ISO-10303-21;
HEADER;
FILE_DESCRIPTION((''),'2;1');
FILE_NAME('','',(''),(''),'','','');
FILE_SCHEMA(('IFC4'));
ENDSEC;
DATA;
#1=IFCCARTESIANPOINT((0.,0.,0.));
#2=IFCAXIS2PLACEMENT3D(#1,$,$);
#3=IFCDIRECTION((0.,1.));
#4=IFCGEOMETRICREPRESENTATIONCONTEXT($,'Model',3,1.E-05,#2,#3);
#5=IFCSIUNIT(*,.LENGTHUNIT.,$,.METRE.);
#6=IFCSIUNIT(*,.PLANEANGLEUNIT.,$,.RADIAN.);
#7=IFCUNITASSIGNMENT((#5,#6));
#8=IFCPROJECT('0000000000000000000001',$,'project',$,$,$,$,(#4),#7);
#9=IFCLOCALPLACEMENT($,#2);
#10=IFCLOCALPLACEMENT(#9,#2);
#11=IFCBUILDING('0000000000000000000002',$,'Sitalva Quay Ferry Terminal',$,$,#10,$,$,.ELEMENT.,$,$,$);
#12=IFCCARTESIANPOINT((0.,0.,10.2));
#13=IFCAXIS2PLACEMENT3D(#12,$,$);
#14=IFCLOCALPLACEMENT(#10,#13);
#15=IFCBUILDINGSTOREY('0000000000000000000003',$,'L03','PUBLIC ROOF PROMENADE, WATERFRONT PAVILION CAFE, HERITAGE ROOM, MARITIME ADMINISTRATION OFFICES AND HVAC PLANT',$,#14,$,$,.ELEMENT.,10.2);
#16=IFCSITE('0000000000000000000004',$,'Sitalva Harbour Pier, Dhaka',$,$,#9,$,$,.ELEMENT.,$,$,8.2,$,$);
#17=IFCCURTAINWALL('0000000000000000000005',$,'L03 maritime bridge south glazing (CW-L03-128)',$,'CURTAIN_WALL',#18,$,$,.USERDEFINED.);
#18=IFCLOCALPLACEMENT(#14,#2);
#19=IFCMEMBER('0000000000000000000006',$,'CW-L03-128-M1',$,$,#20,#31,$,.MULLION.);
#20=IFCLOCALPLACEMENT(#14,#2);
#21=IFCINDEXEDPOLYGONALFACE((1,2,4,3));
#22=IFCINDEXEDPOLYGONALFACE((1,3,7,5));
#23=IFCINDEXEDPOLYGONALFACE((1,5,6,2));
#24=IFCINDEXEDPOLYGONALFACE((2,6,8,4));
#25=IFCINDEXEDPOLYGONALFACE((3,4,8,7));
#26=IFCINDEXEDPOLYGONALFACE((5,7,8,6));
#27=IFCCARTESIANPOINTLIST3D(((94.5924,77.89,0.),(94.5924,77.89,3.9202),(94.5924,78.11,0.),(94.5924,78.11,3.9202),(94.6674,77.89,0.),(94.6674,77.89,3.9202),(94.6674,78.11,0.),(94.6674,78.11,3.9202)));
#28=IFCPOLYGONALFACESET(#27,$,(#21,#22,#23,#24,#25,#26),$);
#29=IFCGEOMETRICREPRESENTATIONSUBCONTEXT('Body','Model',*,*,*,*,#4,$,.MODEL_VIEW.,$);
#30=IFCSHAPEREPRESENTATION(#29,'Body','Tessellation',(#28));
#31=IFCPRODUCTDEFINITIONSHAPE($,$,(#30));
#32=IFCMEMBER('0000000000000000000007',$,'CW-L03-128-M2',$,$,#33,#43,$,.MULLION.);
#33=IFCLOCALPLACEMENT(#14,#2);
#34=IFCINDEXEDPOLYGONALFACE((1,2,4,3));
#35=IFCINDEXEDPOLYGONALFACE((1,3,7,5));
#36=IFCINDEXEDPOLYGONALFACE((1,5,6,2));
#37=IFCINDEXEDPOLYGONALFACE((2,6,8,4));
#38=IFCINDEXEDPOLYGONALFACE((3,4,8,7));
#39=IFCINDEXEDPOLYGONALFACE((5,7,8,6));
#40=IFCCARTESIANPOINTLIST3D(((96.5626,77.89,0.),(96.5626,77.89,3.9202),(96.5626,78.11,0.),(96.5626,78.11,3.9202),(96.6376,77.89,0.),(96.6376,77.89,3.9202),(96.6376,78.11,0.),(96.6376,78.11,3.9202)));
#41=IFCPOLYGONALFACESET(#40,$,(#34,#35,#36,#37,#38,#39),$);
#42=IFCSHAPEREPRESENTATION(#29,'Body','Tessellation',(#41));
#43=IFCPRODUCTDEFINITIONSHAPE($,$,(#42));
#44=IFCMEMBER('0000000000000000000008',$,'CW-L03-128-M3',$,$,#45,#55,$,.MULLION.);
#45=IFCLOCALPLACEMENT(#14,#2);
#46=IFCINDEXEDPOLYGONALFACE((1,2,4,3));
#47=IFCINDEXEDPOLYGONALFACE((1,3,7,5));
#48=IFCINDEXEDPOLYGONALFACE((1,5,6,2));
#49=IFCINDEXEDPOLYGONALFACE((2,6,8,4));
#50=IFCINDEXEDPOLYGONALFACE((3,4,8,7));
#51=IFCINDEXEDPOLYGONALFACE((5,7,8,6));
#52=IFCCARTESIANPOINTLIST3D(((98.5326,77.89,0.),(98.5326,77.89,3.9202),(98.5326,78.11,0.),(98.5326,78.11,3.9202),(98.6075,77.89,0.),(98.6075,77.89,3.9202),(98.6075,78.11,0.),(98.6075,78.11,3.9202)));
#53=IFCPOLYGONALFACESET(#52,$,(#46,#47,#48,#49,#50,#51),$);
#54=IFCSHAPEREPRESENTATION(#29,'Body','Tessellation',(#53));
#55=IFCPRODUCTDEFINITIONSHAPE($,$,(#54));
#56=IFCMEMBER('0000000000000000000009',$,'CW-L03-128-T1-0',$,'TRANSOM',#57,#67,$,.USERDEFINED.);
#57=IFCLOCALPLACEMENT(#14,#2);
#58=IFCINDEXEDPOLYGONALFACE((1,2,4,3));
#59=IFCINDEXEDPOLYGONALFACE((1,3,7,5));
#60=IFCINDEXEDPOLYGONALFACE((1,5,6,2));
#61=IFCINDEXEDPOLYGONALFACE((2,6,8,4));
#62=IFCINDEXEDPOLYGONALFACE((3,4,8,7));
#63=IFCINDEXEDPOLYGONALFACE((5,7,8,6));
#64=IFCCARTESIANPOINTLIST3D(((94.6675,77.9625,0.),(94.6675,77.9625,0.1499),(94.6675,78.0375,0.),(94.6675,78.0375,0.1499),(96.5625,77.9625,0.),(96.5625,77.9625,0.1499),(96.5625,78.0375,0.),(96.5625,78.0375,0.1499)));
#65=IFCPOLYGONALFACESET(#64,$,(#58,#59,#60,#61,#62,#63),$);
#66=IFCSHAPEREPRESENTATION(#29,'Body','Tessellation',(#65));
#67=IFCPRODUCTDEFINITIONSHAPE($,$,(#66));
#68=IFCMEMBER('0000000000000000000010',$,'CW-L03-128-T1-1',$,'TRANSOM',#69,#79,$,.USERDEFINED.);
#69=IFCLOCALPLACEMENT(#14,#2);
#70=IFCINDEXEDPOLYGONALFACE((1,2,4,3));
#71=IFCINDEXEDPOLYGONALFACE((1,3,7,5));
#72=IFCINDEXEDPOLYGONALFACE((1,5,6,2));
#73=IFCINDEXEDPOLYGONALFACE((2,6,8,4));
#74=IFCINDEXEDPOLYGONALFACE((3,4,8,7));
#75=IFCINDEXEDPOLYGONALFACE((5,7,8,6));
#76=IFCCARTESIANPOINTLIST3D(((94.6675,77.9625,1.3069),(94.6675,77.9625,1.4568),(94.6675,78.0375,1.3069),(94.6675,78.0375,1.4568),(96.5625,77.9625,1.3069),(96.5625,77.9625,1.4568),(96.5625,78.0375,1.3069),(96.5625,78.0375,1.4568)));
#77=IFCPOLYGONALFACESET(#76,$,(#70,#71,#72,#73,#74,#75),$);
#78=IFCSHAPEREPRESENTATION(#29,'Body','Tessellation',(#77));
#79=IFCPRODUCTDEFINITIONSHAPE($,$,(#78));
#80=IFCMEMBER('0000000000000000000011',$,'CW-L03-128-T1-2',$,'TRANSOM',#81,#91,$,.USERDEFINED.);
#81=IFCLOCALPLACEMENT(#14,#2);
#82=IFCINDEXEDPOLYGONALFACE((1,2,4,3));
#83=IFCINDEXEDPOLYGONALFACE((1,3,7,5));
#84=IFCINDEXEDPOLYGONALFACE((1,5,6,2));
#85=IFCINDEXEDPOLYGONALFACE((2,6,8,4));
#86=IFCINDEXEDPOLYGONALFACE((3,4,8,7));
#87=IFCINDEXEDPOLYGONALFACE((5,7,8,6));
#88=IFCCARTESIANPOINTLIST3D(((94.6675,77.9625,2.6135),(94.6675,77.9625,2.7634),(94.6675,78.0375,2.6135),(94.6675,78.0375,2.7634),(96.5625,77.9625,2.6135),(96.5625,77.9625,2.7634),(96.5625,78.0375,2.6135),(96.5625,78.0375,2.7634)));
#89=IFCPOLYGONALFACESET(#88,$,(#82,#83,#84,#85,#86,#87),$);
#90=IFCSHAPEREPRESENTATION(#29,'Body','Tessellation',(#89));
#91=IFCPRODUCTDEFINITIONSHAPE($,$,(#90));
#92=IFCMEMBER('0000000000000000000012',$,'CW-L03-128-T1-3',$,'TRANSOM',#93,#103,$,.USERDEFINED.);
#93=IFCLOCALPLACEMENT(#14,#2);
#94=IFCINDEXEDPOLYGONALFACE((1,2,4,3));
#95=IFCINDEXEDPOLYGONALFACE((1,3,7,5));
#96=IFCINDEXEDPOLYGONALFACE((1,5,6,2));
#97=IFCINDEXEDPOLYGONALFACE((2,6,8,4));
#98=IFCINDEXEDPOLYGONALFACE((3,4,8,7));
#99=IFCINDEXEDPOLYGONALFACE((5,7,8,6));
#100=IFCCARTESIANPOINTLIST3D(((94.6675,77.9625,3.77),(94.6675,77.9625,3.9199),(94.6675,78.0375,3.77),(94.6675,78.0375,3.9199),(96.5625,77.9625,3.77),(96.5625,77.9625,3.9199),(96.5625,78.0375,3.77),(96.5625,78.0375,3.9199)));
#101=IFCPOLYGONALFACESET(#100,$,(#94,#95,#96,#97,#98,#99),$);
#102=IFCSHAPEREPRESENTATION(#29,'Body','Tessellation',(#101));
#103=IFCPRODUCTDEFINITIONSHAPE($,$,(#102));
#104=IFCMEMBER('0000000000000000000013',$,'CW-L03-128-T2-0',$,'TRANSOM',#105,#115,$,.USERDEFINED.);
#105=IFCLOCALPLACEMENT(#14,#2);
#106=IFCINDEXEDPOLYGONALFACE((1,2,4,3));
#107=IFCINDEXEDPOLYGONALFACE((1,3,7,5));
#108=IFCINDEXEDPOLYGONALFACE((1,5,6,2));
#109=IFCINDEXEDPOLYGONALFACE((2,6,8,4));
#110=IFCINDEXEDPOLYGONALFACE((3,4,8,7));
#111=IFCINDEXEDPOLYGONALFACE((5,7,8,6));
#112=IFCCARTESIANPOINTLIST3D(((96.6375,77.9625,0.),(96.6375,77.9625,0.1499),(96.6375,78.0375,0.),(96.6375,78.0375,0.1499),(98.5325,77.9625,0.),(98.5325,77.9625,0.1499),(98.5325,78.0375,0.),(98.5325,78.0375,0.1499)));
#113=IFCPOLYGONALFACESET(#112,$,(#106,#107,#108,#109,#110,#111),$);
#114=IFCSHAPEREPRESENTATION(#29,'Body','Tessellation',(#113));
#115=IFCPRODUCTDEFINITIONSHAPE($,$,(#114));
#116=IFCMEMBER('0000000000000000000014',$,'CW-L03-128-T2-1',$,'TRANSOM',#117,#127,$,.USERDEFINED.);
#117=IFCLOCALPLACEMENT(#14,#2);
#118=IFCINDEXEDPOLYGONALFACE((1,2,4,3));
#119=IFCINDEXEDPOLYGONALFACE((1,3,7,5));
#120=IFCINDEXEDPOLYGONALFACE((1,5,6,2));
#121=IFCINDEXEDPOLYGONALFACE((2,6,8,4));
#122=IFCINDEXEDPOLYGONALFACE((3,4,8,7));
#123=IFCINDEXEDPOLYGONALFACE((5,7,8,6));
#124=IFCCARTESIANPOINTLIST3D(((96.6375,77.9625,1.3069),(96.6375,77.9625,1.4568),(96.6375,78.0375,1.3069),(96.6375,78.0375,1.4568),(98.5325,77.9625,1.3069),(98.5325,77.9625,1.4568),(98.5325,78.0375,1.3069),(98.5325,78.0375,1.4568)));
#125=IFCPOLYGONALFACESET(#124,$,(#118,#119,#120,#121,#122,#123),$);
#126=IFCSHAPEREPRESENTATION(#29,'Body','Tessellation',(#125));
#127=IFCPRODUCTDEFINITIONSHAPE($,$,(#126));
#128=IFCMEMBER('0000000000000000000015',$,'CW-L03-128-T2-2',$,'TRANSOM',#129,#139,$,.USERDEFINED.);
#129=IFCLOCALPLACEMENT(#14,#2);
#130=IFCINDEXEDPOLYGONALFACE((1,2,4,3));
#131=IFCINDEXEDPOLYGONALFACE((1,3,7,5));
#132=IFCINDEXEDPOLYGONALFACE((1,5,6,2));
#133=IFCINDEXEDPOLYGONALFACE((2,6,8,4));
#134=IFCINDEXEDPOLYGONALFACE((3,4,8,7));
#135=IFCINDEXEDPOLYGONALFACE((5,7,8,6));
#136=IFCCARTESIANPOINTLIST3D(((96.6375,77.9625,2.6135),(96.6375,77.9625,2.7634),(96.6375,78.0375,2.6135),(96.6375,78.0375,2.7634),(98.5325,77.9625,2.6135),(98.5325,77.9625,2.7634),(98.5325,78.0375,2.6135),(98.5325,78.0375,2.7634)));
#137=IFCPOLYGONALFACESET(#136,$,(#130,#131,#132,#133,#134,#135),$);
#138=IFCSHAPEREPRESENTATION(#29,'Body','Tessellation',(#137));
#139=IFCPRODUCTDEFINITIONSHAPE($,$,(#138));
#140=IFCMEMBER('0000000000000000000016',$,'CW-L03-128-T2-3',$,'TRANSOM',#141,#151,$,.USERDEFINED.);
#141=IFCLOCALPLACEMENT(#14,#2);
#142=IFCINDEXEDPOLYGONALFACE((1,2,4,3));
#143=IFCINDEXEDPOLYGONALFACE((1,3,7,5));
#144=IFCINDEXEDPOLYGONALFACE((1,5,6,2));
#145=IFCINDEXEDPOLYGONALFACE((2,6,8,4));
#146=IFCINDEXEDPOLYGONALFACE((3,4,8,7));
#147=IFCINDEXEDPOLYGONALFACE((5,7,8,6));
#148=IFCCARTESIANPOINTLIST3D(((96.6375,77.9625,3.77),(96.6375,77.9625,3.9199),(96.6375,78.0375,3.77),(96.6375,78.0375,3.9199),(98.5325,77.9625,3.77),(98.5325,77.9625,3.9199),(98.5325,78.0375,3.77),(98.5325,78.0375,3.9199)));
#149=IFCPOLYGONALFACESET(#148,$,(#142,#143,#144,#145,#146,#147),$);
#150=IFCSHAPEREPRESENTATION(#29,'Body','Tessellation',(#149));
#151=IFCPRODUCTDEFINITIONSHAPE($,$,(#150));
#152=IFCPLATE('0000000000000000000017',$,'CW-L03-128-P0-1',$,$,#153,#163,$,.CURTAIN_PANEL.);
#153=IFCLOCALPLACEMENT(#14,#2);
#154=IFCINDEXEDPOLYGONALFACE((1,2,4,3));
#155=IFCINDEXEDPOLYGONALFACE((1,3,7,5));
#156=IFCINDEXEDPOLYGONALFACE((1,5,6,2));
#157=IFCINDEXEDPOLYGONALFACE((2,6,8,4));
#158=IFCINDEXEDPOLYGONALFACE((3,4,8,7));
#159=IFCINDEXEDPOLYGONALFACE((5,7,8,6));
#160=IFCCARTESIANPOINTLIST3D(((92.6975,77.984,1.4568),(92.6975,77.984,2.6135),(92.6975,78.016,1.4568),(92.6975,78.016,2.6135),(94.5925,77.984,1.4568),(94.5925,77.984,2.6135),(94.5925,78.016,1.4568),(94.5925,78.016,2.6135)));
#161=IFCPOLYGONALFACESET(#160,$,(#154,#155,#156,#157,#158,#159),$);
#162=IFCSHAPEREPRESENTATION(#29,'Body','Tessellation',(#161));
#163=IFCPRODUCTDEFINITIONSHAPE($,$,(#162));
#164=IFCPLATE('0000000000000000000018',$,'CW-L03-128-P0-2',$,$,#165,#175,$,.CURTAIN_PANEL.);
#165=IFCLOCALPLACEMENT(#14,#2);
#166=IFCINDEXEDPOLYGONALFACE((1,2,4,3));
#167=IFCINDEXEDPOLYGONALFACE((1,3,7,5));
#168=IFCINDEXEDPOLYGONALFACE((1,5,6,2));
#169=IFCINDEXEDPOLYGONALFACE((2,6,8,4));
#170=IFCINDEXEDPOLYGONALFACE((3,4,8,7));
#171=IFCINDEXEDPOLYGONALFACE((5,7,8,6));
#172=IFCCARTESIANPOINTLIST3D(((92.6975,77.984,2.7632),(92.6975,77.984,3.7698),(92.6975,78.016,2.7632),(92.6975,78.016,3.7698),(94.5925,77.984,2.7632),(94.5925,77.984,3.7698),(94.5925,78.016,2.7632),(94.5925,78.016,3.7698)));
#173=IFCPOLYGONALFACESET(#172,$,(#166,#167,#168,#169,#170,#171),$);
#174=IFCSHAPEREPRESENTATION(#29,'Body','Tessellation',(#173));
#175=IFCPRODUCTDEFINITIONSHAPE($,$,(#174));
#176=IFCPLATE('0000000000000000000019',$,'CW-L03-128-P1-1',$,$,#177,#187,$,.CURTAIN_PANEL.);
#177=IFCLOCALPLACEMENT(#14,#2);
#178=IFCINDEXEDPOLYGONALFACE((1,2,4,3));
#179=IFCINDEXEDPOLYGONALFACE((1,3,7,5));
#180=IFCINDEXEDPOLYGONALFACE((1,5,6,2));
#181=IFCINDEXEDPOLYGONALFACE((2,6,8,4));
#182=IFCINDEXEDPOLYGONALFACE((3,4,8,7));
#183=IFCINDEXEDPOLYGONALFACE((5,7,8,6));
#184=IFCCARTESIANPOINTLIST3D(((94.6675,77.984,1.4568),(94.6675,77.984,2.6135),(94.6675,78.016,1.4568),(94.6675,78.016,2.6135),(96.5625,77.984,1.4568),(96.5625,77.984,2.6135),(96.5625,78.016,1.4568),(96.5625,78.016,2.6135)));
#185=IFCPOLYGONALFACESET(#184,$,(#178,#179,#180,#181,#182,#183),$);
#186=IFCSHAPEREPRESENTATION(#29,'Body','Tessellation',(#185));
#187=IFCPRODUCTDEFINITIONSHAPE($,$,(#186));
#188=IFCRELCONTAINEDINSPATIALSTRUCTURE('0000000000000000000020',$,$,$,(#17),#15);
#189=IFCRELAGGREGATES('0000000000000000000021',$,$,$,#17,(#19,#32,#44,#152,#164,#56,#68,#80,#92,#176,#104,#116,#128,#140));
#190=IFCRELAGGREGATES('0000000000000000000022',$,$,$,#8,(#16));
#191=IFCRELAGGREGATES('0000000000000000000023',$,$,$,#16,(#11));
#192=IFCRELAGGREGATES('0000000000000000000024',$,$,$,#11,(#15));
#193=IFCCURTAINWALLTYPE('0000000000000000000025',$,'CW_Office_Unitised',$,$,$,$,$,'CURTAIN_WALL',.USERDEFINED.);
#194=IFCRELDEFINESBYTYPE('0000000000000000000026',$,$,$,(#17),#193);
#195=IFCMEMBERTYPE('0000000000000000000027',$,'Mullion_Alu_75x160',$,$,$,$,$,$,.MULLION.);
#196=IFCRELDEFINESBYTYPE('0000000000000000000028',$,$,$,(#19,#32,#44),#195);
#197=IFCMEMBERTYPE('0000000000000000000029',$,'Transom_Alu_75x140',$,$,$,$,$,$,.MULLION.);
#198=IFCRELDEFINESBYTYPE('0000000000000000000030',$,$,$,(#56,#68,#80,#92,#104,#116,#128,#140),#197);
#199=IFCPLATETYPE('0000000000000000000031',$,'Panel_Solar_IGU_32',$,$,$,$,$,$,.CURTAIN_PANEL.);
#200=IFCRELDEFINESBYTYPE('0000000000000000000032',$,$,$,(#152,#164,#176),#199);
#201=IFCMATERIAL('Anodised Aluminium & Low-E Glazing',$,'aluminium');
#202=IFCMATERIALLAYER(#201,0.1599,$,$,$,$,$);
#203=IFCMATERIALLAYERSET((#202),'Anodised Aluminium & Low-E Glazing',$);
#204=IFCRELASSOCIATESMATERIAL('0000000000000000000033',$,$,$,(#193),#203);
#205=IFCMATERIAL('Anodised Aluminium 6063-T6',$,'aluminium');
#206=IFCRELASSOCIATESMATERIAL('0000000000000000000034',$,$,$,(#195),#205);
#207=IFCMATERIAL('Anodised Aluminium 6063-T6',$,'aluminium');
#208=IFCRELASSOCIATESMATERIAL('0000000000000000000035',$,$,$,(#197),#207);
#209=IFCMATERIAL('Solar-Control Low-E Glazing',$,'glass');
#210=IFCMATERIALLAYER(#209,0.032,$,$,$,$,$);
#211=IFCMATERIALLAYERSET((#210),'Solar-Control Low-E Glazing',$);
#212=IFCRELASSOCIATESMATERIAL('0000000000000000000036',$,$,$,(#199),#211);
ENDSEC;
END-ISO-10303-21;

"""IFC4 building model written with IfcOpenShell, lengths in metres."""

from ifc_helpers import new_model, si_unit, direction, frame, origin, origin_2d, place, context, subcontext, project, spatial, rectangle, extrude, material, layer, layer_set, material_profile, profile_set, type_object, element, aggregate, save


model = new_model("IFC4")

# Units and contexts
model_context = context("Model", 3, precision=1e-05, world=origin(), true_north=direction((0.0, 1.0)))
body_context = subcontext(model_context, "Body", "Model", "MODEL_VIEW")
ifc_project = project(units=[si_unit("LENGTHUNIT", "METRE"), si_unit("PLANEANGLEUNIT", "RADIAN")], contexts=[model_context])

# Site, building, storey
site_placement = place(None, origin())
site = spatial("IfcSite", under=ifc_project, at=site_placement, Name="Sitalva Harbour Pier, Dhaka", CompositionType="ELEMENT", RefElevation=8.2)
building_placement = place(site_placement, origin())
building = spatial("IfcBuilding", under=site, at=building_placement, Name="Sitalva Quay Ferry Terminal", CompositionType="ELEMENT")
storey_placement = place(building_placement, frame((0.0, 0.0, 10.2)))
storey = spatial("IfcBuildingStorey", under=building, at=storey_placement, Name="L03", Description="PUBLIC ROOF PROMENADE, WATERFRONT PAVILION CAFE, HERITAGE ROOM, MARITIME ADMINISTRATION OFFICES AND HVAC PLANT", CompositionType="ELEMENT", Elevation=10.2)

# Curtain wall, members, plates
ifc_material_1 = material(Name="Anodised Aluminium & Low-E Glazing", Category="aluminium")
ifc_layer_1 = layer(ifc_material_1, 0.1599)
ifc_layer_set_1 = layer_set([ifc_layer_1], Name="Anodised Aluminium & Low-E Glazing")
curtain_wall_type = type_object("IfcCurtainWallType", Name="CW_Office_Unitised", ElementType="CURTAIN_WALL", PredefinedType="USERDEFINED", material=ifc_layer_set_1)
curtain_wall_placement = place(storey_placement, origin())
curtain_wall = element("IfcCurtainWall", 1, at=curtain_wall_placement, inside=storey, type_object=curtain_wall_type, Name="L03 maritime bridge south glazing (CW-L03-128)", ObjectType="CURTAIN_WALL", PredefinedType="USERDEFINED")
ifc_material_2 = material(Name="Anodised Aluminium 6063-T6", Category="aluminium")
ifc_material_profile_1 = material_profile(ifc_material_2, rectangle(XDim=0.075, YDim=0.22, at=origin_2d()), Name="ALU75x220")
ifc_profile_set_1 = profile_set([ifc_material_profile_1], Name="Anodised Aluminium 6063-T6")
member_type_1 = type_object("IfcMemberType", Name="Mullion_Alu_75x160", PredefinedType="MULLION", material=ifc_profile_set_1)
member_1_placement = place(storey_placement, frame((94.6299, 78.0, 0.0), z_axis=(0.0, 0.0, 1.0), x_axis=(1.0, 0.0, 0.0)))
member_1 = element("IfcMember", 2, at=member_1_placement, type_object=member_type_1, Name="CW-L03-128-M1", PredefinedType="MULLION", context=body_context, shape_type="SweptSolid", body=[
    extrude(rectangle(XDim=0.075, YDim=0.22, at=origin_2d()), origin(), (0.0, 0.0, 1.0), 3.9202),
])
member_2_placement = place(storey_placement, frame((96.6001, 78.0, 0.0), z_axis=(0.0, 0.0, 1.0), x_axis=(1.0, 0.0, 0.0)))
member_2 = element("IfcMember", 3, at=member_2_placement, type_object=member_type_1, Name="CW-L03-128-M2", PredefinedType="MULLION", context=body_context, shape_type="SweptSolid", body=[
    extrude(rectangle(XDim=0.075, YDim=0.22, at=origin_2d()), origin(), (0.0, 0.0, 1.0), 3.9202),
])
member_3_placement = place(storey_placement, frame((98.5701, 78.0, 0.0), z_axis=(0.0, 0.0, 1.0), x_axis=(1.0, 0.0, 0.0)))
member_3 = element("IfcMember", 4, at=member_3_placement, type_object=member_type_1, Name="CW-L03-128-M3", PredefinedType="MULLION", context=body_context, shape_type="SweptSolid", body=[
    extrude(rectangle(XDim=0.075, YDim=0.22, at=origin_2d()), origin(), (0.0, 0.0, 1.0), 3.9202),
])
ifc_material_3 = material(Name="Anodised Aluminium 6063-T6", Category="aluminium")
ifc_material_profile_2 = material_profile(ifc_material_3, rectangle(XDim=0.075, YDim=0.1499, at=origin_2d()), Name="ALU75x150")
ifc_profile_set_2 = profile_set([ifc_material_profile_2], Name="Anodised Aluminium 6063-T6")
member_type_2 = type_object("IfcMemberType", Name="Transom_Alu_75x140", PredefinedType="MULLION", material=ifc_profile_set_2)
member_4_placement = place(storey_placement, frame((94.6675, 78.0, 0.075), z_axis=(1.0, 0.0, 0.0), x_axis=(0.0, 1.0, 0.0)))
member_4 = element("IfcMember", 5, at=member_4_placement, type_object=member_type_2, Name="CW-L03-128-T1-0", ObjectType="TRANSOM", PredefinedType="USERDEFINED", context=body_context, shape_type="SweptSolid", body=[
    extrude(rectangle(XDim=0.075, YDim=0.1499, at=origin_2d()), origin(), (0.0, 0.0, 1.0), 1.895),
])
member_5_placement = place(storey_placement, frame((94.6675, 78.0, 1.3818), z_axis=(1.0, 0.0, 0.0), x_axis=(0.0, 1.0, 0.0)))
member_5 = element("IfcMember", 6, at=member_5_placement, type_object=member_type_2, Name="CW-L03-128-T1-1", ObjectType="TRANSOM", PredefinedType="USERDEFINED", context=body_context, shape_type="SweptSolid", body=[
    extrude(rectangle(XDim=0.075, YDim=0.1499, at=origin_2d()), origin(), (0.0, 0.0, 1.0), 1.895),
])
member_6_placement = place(storey_placement, frame((94.6675, 78.0, 2.6885), z_axis=(1.0, 0.0, 0.0), x_axis=(0.0, 1.0, 0.0)))
member_6 = element("IfcMember", 7, at=member_6_placement, type_object=member_type_2, Name="CW-L03-128-T1-2", ObjectType="TRANSOM", PredefinedType="USERDEFINED", context=body_context, shape_type="SweptSolid", body=[
    extrude(rectangle(XDim=0.075, YDim=0.1499, at=origin_2d()), origin(), (0.0, 0.0, 1.0), 1.895),
])
member_7_placement = place(storey_placement, frame((94.6675, 78.0, 3.845), z_axis=(1.0, 0.0, 0.0), x_axis=(0.0, 1.0, 0.0)))
member_7 = element("IfcMember", 8, at=member_7_placement, type_object=member_type_2, Name="CW-L03-128-T1-3", ObjectType="TRANSOM", PredefinedType="USERDEFINED", context=body_context, shape_type="SweptSolid", body=[
    extrude(rectangle(XDim=0.075, YDim=0.1499, at=origin_2d()), origin(), (0.0, 0.0, 1.0), 1.895),
])
member_8_placement = place(storey_placement, frame((96.6375, 78.0, 0.075), z_axis=(1.0, 0.0, 0.0), x_axis=(0.0, 1.0, 0.0)))
member_8 = element("IfcMember", 9, at=member_8_placement, type_object=member_type_2, Name="CW-L03-128-T2-0", ObjectType="TRANSOM", PredefinedType="USERDEFINED", context=body_context, shape_type="SweptSolid", body=[
    extrude(rectangle(XDim=0.075, YDim=0.1499, at=origin_2d()), origin(), (0.0, 0.0, 1.0), 1.895),
])
member_9_placement = place(storey_placement, frame((96.6375, 78.0, 1.3818), z_axis=(1.0, 0.0, 0.0), x_axis=(0.0, 1.0, 0.0)))
member_9 = element("IfcMember", 10, at=member_9_placement, type_object=member_type_2, Name="CW-L03-128-T2-1", ObjectType="TRANSOM", PredefinedType="USERDEFINED", context=body_context, shape_type="SweptSolid", body=[
    extrude(rectangle(XDim=0.075, YDim=0.1499, at=origin_2d()), origin(), (0.0, 0.0, 1.0), 1.895),
])
member_10_placement = place(storey_placement, frame((96.6375, 78.0, 2.6885), z_axis=(1.0, 0.0, 0.0), x_axis=(0.0, 1.0, 0.0)))
member_10 = element("IfcMember", 11, at=member_10_placement, type_object=member_type_2, Name="CW-L03-128-T2-2", ObjectType="TRANSOM", PredefinedType="USERDEFINED", context=body_context, shape_type="SweptSolid", body=[
    extrude(rectangle(XDim=0.075, YDim=0.1499, at=origin_2d()), origin(), (0.0, 0.0, 1.0), 1.895),
])
member_11_placement = place(storey_placement, frame((96.6375, 78.0, 3.845), z_axis=(1.0, 0.0, 0.0), x_axis=(0.0, 1.0, 0.0)))
member_11 = element("IfcMember", 12, at=member_11_placement, type_object=member_type_2, Name="CW-L03-128-T2-3", ObjectType="TRANSOM", PredefinedType="USERDEFINED", context=body_context, shape_type="SweptSolid", body=[
    extrude(rectangle(XDim=0.075, YDim=0.1499, at=origin_2d()), origin(), (0.0, 0.0, 1.0), 1.895),
])
ifc_material_4 = material(Name="Solar-Control Low-E Glazing", Category="glass")
ifc_layer_2 = layer(ifc_material_4, 0.032)
ifc_layer_set_2 = layer_set([ifc_layer_2], Name="Solar-Control Low-E Glazing")
plate_type_1 = type_object("IfcPlateType", Name="Panel_Solar_IGU_32", PredefinedType="CURTAIN_PANEL", material=ifc_layer_set_2)
plate_1_placement = place(storey_placement, frame((93.645, 78.0, 1.4568), z_axis=(0.0, 0.0, 1.0), x_axis=(1.0, 0.0, 0.0)))
plate_1 = element("IfcPlate", 13, at=plate_1_placement, type_object=plate_type_1, Name="CW-L03-128-P0-1", PredefinedType="CURTAIN_PANEL", context=body_context, shape_type="SweptSolid", body=[
    extrude(rectangle(XDim=1.895, YDim=0.032, at=origin_2d()), origin(), (0.0, 0.0, 1.0), 1.1567),
])
plate_2_placement = place(storey_placement, frame((93.645, 78.0, 2.7632), z_axis=(0.0, 0.0, 1.0), x_axis=(1.0, 0.0, 0.0)))
plate_2 = element("IfcPlate", 14, at=plate_2_placement, type_object=plate_type_1, Name="CW-L03-128-P0-2", PredefinedType="CURTAIN_PANEL", context=body_context, shape_type="SweptSolid", body=[
    extrude(rectangle(XDim=1.895, YDim=0.032, at=origin_2d()), origin(), (0.0, 0.0, 1.0), 1.0066),
])
plate_3_placement = place(storey_placement, frame((95.615, 78.0, 1.4568), z_axis=(0.0, 0.0, 1.0), x_axis=(1.0, 0.0, 0.0)))
plate_3 = element("IfcPlate", 15, at=plate_3_placement, type_object=plate_type_1, Name="CW-L03-128-P1-1", PredefinedType="CURTAIN_PANEL", context=body_context, shape_type="SweptSolid", body=[
    extrude(rectangle(XDim=1.895, YDim=0.032, at=origin_2d()), origin(), (0.0, 0.0, 1.0), 1.1567),
])
aggregate(curtain_wall, [member_1, member_2, member_3, plate_1, plate_2, member_4, member_5, member_6, member_7, plate_3, member_8, member_9, member_10, member_11])

save(model, "model.ifc")
